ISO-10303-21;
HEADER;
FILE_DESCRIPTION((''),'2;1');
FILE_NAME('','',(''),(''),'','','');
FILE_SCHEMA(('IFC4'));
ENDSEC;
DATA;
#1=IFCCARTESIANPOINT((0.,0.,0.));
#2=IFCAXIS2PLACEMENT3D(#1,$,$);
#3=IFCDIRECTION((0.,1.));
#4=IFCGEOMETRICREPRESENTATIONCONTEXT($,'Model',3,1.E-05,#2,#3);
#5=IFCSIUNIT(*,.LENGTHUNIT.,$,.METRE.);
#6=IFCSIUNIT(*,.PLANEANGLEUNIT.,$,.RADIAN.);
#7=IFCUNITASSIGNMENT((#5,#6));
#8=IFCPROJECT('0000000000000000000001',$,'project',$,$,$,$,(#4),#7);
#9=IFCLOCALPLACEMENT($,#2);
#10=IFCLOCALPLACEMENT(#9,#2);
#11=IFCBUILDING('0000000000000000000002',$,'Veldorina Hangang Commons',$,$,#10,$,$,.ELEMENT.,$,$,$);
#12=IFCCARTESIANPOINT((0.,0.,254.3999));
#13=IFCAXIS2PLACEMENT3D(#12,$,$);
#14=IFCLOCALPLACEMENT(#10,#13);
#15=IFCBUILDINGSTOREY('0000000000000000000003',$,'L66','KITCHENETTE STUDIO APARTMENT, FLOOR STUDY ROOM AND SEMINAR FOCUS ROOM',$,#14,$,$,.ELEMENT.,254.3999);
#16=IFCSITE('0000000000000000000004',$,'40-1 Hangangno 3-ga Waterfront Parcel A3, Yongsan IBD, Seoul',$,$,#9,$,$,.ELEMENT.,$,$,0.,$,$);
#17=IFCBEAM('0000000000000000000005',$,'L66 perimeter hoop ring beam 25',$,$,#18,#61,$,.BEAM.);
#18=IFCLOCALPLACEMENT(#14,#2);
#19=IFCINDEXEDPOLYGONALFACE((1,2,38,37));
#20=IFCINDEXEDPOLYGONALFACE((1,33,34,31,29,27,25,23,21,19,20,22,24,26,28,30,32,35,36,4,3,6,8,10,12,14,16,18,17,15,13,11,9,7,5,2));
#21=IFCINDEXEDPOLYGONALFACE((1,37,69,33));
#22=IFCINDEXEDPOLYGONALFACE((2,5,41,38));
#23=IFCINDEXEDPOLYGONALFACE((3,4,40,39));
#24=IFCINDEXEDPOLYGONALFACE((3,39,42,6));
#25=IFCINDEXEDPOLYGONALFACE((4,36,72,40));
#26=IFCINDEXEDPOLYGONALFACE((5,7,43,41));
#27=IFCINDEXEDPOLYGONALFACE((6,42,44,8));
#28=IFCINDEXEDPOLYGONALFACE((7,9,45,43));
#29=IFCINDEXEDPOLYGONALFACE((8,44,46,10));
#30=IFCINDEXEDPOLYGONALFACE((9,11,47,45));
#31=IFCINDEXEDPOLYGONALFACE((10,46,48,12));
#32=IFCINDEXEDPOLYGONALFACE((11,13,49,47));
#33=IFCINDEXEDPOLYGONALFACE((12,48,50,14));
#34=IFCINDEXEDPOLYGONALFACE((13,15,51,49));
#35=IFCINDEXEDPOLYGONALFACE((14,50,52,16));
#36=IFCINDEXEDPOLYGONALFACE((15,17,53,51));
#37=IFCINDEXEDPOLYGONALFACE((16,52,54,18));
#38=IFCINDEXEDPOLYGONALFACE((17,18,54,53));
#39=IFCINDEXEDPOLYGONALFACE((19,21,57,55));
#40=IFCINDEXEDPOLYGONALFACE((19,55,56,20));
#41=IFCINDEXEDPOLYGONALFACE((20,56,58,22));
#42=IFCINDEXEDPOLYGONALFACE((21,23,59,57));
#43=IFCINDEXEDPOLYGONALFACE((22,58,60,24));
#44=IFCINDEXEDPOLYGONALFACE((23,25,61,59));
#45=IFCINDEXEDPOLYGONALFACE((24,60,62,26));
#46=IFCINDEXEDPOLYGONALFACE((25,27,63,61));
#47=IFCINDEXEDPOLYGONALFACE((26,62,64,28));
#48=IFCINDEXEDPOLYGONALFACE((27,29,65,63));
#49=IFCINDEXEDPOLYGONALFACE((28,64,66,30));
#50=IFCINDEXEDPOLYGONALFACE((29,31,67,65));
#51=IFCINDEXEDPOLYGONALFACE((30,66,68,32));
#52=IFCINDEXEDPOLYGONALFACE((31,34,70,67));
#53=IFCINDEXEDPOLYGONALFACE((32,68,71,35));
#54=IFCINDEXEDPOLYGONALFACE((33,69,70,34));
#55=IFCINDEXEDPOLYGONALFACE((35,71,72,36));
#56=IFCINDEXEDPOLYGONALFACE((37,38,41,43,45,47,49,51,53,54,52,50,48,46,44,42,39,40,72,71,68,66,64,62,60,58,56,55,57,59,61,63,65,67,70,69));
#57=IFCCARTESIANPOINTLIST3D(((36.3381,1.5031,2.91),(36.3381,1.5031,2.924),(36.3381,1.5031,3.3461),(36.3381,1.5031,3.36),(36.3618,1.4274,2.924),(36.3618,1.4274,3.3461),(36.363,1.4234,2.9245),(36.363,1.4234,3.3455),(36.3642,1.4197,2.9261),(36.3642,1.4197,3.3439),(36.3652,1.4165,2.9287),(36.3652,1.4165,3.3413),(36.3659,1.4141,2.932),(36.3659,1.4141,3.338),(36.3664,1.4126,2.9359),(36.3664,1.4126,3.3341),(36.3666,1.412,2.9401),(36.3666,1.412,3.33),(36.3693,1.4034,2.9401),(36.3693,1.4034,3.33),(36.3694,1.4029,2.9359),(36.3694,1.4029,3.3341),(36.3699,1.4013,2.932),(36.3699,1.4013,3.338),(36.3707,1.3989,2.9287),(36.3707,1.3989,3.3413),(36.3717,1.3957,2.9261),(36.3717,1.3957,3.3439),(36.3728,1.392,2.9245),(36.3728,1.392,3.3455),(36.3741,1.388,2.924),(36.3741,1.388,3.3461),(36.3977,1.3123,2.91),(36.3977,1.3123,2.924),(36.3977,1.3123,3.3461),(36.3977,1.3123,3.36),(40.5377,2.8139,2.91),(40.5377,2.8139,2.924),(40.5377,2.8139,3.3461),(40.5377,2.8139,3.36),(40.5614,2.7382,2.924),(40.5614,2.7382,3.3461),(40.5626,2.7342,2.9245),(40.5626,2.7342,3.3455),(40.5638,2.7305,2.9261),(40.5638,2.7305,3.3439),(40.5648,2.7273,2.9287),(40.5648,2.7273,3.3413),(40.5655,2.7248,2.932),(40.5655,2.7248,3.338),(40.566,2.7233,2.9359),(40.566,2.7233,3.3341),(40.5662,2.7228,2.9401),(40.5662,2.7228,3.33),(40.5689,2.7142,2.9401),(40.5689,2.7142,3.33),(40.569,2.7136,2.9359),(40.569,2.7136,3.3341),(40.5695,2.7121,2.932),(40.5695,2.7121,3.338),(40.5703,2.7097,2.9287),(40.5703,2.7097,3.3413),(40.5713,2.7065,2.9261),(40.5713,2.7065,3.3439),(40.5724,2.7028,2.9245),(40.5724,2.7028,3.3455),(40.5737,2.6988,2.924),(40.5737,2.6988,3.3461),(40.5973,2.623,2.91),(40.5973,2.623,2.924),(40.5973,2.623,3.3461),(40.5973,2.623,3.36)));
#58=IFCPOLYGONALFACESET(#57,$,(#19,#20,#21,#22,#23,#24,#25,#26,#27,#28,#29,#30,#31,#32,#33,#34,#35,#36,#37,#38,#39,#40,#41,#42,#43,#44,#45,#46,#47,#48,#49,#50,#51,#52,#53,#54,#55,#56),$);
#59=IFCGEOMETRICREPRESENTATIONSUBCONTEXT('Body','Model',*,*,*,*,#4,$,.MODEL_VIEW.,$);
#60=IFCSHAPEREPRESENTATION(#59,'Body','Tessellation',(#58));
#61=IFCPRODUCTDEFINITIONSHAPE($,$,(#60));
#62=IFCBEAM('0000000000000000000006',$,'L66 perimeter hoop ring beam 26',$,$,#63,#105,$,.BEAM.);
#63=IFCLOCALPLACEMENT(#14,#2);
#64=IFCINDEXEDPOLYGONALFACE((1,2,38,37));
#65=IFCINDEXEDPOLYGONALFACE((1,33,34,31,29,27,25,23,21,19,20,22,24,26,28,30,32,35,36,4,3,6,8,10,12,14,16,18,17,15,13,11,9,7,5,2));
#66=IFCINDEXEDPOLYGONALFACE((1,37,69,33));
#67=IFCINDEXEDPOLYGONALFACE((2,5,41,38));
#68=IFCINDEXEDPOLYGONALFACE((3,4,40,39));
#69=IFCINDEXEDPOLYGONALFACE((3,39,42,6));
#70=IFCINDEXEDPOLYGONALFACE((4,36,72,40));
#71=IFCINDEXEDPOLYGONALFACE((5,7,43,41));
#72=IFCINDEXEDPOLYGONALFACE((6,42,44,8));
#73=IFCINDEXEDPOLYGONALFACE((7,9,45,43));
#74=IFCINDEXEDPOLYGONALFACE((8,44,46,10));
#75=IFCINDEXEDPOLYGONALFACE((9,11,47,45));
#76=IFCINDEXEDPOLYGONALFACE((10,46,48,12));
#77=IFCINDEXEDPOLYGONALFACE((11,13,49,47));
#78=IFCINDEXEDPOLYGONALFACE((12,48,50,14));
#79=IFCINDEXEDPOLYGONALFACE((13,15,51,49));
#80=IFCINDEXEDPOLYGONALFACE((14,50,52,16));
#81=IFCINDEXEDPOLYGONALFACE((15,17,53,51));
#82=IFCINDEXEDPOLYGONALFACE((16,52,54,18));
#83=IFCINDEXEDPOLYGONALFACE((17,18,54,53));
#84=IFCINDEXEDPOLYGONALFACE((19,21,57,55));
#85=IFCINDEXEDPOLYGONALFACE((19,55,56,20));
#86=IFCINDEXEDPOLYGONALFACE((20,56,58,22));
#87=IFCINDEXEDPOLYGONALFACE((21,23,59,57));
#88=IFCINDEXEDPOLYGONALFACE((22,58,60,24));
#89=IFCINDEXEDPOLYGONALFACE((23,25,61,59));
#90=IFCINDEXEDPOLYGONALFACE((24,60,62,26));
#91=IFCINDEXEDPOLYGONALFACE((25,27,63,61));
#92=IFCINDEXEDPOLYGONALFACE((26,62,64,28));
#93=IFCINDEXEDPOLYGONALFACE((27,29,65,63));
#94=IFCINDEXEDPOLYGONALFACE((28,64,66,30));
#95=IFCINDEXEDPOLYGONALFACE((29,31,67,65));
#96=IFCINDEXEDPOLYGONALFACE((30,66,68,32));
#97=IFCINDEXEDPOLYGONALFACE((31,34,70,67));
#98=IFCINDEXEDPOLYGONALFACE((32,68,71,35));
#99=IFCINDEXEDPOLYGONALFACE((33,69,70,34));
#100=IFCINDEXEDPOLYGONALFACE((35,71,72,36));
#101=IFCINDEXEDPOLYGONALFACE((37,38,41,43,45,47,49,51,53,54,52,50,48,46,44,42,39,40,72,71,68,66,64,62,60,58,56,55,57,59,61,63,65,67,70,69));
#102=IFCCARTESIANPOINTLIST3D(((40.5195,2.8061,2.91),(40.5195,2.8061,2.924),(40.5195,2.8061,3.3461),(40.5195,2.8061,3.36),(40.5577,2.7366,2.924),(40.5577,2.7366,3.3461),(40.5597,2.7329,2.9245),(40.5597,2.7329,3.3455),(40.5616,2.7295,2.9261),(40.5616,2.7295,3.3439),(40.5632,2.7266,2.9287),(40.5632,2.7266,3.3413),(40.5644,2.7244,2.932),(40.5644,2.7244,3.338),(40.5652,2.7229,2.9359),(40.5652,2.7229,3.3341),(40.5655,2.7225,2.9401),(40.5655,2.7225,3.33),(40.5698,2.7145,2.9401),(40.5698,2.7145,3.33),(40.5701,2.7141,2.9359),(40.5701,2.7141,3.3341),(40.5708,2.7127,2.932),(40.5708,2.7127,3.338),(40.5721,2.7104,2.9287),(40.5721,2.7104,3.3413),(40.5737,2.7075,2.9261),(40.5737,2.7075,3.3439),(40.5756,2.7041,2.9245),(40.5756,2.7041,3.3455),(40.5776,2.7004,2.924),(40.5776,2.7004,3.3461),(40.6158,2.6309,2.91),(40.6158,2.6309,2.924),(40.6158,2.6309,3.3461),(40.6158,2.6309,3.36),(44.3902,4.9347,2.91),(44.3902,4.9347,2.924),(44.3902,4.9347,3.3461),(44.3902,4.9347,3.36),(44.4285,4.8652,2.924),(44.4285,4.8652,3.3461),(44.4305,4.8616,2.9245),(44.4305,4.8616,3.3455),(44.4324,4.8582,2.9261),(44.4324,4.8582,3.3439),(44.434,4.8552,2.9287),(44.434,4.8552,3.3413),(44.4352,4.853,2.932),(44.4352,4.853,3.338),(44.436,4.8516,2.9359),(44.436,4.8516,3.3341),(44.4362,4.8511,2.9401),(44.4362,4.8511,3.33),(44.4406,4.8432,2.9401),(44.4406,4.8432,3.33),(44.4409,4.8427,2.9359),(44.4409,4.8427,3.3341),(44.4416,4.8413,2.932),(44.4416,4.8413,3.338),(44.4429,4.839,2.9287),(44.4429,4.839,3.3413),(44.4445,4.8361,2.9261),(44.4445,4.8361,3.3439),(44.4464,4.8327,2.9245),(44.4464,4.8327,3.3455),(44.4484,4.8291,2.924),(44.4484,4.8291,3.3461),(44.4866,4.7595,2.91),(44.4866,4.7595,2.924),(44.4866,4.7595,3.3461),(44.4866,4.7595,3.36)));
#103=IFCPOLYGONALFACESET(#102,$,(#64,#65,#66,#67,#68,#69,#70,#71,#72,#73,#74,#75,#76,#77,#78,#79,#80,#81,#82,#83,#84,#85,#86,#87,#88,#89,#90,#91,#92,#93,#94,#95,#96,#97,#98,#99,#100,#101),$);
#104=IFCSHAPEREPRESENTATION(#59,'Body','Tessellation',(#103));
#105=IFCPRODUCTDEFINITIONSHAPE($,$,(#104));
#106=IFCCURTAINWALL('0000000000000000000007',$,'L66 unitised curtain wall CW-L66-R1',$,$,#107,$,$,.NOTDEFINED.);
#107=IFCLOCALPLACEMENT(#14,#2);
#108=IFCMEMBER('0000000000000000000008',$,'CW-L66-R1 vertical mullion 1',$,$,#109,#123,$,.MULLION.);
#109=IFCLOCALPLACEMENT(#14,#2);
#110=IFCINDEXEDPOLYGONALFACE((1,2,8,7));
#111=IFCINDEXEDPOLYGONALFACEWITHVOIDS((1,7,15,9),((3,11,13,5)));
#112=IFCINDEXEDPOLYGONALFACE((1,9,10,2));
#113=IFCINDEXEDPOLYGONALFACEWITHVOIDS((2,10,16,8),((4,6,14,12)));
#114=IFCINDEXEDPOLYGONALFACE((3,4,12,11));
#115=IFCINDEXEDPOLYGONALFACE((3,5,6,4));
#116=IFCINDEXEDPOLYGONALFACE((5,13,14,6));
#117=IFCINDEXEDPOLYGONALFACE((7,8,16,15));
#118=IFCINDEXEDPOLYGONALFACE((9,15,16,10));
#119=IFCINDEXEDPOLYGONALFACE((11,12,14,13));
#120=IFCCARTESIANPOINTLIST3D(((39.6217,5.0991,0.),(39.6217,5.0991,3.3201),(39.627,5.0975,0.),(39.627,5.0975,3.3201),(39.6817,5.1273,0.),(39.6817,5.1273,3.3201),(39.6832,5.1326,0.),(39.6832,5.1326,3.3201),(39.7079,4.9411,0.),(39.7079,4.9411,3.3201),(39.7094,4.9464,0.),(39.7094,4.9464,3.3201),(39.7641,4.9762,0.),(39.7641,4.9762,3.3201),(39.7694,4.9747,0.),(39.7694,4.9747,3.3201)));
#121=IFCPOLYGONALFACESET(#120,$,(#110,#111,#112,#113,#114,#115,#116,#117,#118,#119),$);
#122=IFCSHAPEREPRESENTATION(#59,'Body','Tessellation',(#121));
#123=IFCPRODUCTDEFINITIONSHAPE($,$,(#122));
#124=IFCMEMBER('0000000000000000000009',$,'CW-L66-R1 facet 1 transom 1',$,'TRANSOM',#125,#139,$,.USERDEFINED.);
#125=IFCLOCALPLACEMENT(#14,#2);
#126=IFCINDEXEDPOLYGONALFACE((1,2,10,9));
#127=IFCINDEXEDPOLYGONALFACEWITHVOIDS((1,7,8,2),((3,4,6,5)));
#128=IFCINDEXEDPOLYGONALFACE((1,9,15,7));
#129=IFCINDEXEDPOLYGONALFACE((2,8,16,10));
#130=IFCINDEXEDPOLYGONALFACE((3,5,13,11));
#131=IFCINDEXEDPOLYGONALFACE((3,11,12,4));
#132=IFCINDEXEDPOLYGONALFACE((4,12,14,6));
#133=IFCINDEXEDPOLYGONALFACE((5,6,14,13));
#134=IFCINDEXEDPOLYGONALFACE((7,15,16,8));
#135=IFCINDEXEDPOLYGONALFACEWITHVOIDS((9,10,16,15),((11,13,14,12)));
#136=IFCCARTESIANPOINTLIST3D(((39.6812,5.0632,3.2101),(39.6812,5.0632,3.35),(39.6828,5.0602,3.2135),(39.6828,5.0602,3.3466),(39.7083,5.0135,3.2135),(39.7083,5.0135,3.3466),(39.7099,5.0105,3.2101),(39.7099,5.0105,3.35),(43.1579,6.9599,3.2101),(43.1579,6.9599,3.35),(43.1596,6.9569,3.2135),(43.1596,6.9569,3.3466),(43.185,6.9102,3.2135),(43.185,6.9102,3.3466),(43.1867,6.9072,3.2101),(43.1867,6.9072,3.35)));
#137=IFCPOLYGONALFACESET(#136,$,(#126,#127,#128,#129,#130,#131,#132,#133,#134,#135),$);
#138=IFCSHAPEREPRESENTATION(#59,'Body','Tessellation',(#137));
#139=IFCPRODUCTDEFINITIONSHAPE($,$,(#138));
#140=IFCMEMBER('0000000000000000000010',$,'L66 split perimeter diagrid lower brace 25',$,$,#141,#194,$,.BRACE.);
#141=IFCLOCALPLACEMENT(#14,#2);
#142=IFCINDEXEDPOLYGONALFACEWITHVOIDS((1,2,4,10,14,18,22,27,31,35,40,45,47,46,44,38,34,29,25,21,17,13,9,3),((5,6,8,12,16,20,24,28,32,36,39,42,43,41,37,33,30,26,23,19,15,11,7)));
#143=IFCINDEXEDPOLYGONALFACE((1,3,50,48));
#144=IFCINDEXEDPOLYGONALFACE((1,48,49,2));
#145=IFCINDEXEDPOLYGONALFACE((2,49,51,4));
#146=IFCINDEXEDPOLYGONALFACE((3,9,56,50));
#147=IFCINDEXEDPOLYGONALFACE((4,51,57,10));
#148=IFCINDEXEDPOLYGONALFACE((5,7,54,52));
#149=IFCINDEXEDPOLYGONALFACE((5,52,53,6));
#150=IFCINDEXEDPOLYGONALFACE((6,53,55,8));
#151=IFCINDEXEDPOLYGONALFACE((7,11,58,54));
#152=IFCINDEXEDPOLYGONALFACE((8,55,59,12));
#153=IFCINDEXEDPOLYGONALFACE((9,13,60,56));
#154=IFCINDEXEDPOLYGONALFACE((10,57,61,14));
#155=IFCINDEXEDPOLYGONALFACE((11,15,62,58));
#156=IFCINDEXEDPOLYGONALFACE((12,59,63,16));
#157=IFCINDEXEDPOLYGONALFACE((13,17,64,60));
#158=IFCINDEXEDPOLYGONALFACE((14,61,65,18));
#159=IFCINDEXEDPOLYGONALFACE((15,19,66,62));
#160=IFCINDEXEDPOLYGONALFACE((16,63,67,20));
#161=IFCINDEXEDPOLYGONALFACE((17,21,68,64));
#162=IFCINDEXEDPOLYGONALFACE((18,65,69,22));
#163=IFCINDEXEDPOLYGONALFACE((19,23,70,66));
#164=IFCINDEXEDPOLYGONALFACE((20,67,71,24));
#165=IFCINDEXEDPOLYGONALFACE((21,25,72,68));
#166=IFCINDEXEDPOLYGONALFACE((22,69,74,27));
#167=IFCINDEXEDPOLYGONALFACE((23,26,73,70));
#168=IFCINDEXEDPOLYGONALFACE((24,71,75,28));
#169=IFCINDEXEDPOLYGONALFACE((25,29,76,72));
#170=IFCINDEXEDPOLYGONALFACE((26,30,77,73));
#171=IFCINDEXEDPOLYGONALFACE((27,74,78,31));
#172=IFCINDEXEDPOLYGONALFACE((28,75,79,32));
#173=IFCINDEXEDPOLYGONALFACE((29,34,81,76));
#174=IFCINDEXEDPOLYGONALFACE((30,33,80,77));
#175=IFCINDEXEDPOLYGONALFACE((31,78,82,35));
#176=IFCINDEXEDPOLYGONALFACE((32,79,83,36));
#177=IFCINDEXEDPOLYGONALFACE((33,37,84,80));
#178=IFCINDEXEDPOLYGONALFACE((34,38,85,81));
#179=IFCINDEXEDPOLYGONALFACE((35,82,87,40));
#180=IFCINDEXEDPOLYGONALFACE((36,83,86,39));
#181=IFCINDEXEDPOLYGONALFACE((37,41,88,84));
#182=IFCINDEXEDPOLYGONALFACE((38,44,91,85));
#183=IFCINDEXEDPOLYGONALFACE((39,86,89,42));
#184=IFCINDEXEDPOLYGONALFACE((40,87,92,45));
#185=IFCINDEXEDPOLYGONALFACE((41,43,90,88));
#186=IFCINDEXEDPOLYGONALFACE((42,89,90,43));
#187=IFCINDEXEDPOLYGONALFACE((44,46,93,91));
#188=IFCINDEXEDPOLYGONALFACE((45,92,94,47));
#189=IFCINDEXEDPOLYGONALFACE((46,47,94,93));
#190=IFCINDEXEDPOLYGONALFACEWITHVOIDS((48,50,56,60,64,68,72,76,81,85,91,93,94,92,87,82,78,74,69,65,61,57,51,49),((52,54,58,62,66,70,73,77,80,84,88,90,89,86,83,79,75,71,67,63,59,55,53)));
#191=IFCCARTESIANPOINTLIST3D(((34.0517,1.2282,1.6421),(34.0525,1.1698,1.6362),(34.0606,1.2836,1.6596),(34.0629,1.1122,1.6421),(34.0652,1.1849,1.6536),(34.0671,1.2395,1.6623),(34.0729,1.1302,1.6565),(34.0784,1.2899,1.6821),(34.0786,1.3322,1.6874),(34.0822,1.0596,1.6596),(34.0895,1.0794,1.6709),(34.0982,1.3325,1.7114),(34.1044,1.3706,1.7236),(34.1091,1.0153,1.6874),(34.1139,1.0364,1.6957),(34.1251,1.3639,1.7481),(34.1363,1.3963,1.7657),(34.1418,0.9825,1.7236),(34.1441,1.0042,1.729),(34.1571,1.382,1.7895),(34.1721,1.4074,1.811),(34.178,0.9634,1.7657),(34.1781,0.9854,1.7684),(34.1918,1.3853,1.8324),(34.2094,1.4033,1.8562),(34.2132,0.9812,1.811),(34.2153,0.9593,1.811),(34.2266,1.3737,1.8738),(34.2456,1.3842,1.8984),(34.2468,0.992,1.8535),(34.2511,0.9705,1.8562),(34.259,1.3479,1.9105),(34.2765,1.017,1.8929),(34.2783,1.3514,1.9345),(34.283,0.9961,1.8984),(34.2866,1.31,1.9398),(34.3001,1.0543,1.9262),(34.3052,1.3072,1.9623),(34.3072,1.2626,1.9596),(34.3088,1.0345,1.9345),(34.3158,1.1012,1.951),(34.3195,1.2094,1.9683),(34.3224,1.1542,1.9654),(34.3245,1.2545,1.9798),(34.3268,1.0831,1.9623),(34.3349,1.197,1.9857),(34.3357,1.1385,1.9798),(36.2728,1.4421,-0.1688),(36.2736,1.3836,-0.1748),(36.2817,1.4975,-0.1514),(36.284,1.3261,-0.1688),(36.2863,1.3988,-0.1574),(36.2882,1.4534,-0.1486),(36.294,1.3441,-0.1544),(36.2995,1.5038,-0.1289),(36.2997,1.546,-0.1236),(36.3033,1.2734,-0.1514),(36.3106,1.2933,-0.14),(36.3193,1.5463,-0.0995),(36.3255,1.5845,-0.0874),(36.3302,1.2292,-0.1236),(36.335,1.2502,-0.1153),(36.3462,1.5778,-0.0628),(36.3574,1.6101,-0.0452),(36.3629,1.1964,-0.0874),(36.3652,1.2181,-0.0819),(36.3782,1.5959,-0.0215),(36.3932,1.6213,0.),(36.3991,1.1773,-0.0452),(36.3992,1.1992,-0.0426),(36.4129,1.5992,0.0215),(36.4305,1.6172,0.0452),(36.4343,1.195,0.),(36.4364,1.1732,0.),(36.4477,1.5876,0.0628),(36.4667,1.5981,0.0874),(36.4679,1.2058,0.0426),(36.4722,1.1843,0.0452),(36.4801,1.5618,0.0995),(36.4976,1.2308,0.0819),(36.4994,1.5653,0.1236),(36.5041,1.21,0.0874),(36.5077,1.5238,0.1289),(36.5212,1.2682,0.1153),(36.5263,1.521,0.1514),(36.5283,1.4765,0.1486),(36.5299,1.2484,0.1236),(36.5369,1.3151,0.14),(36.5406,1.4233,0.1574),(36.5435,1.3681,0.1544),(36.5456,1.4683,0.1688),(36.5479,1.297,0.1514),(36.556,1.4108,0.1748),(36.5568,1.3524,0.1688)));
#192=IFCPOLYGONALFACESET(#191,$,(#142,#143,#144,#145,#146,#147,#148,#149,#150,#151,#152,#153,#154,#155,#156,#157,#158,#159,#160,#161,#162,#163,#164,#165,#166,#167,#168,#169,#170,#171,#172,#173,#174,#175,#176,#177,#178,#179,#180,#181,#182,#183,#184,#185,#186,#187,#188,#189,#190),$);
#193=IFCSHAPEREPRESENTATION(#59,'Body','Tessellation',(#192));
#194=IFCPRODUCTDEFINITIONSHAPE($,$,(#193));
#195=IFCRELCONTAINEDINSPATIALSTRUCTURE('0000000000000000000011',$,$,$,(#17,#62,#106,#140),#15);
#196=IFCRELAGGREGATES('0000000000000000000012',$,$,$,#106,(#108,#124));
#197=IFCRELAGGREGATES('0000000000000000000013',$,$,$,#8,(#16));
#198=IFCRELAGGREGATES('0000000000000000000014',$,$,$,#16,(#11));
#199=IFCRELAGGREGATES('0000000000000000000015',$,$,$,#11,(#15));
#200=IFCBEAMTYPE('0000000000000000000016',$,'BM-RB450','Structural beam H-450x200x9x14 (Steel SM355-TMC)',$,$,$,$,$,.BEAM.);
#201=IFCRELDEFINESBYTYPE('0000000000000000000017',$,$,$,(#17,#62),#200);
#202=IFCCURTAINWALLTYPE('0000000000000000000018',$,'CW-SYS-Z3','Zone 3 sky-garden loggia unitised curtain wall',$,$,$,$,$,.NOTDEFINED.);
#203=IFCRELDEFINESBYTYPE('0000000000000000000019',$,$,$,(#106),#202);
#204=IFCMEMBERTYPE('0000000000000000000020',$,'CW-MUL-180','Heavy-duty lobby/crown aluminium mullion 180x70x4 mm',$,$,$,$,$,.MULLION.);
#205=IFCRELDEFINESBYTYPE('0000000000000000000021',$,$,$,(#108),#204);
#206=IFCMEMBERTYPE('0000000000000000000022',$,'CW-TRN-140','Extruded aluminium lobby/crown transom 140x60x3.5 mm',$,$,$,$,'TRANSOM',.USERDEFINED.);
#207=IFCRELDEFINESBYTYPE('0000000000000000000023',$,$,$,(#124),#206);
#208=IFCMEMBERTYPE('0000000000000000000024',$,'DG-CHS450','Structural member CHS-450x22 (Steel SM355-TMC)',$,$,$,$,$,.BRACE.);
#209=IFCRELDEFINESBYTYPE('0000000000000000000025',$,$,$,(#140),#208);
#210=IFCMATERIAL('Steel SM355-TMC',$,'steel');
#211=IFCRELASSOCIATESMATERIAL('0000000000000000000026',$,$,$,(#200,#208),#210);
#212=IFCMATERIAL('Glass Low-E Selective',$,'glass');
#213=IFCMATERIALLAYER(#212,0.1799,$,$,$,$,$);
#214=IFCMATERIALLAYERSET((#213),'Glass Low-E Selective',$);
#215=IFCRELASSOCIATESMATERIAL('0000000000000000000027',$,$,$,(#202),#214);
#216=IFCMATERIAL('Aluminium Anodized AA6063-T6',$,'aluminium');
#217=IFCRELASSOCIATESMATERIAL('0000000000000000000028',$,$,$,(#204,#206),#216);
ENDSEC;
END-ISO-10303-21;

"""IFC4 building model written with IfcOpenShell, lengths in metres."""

from ifc_helpers import new_model, si_unit, direction, frame, origin, origin_2d, place, context, subcontext, project, spatial, hollow_rectangle, hollow_circle, i_section, extrude, material, layer, layer_set, material_profile, profile_set, type_object, element, aggregate, save


model = new_model("IFC4")

# Units and contexts
model_context = context("Model", 3, precision=1e-05, world=origin(), true_north=direction((0.0, 1.0)))
body_context = subcontext(model_context, "Body", "Model", "MODEL_VIEW")
ifc_project = project(units=[si_unit("LENGTHUNIT", "METRE"), si_unit("PLANEANGLEUNIT", "RADIAN")], contexts=[model_context])

# Site, building, storey
site_placement = place(None, origin())
site = spatial("IfcSite", under=ifc_project, at=site_placement, Name="40-1 Hangangno 3-ga Waterfront Parcel A3, Yongsan IBD, Seoul", CompositionType="ELEMENT", RefElevation=0.0)
building_placement = place(site_placement, origin())
building = spatial("IfcBuilding", under=site, at=building_placement, Name="Veldorina Hangang Commons", CompositionType="ELEMENT")
storey_placement = place(building_placement, frame((0.0, 0.0, 254.3999)))
storey = spatial("IfcBuildingStorey", under=building, at=storey_placement, Name="L66", Description="KITCHENETTE STUDIO APARTMENT, FLOOR STUDY ROOM AND SEMINAR FOCUS ROOM", CompositionType="ELEMENT", Elevation=254.3999)

# Beams
ifc_material_1 = material(Name="Steel SM355-TMC", Category="steel")
ifc_material_profile_1 = material_profile(ifc_material_1, i_section(OverallWidth=0.2, OverallDepth=0.45, WebThickness=0.009, FlangeThickness=0.0139, FilletRadius=0.0161, at=origin_2d()), Name="H-450x200x9x14")
ifc_profile_set_1 = profile_set([ifc_material_profile_1], Name="Steel SM355-TMC")
beam_type = type_object("IfcBeamType", Name="BM-RB450", Description="Structural beam H-450x200x9x14 (Steel SM355-TMC)", PredefinedType="BEAM", material=ifc_profile_set_1)
beam_1_placement = place(storey_placement, frame((36.3679, 1.4077, 3.135), z_axis=(0.954585, 0.29794, 0.0), x_axis=(-0.29794, 0.954585, 0.0)))
element("IfcBeam", 1, at=beam_1_placement, inside=storey, type_object=beam_type, Name="L66 perimeter hoop ring beam 25", PredefinedType="BEAM", context=body_context, shape_type="SweptSolid", body=[
    extrude(i_section(OverallWidth=0.2, OverallDepth=0.45, WebThickness=0.009, FlangeThickness=0.0139, FilletRadius=0.0161, at=origin_2d()), origin(), (0.0, 0.0, 1.0), 4.3994),
])
beam_2_placement = place(storey_placement, frame((40.5676, 2.7185, 3.135), z_axis=(0.876245, 0.481866, 0.0), x_axis=(-0.481866, 0.876245, 0.0)))
element("IfcBeam", 2, at=beam_2_placement, inside=storey, type_object=beam_type, Name="L66 perimeter hoop ring beam 26", PredefinedType="BEAM", context=body_context, shape_type="SweptSolid", body=[
    extrude(i_section(OverallWidth=0.2, OverallDepth=0.45, WebThickness=0.009, FlangeThickness=0.0139, FilletRadius=0.0161, at=origin_2d()), origin(), (0.0, 0.0, 1.0), 4.4175),
])

# Curtain wall, members
ifc_material_2 = material(Name="Glass Low-E Selective", Category="glass")
ifc_layer_1 = layer(ifc_material_2, 0.1799)
ifc_layer_set_1 = layer_set([ifc_layer_1], Name="Glass Low-E Selective")
curtain_wall_type = type_object("IfcCurtainWallType", Name="CW-SYS-Z3", Description="Zone 3 sky-garden loggia unitised curtain wall", PredefinedType="NOTDEFINED", material=ifc_layer_set_1)
curtain_wall_placement = place(storey_placement, origin())
curtain_wall = element("IfcCurtainWall", 3, at=curtain_wall_placement, inside=storey, type_object=curtain_wall_type, Name="L66 unitised curtain wall CW-L66-R1", PredefinedType="NOTDEFINED")
ifc_material_3 = material(Name="Aluminium Anodized AA6063-T6", Category="aluminium")
ifc_material_profile_2 = material_profile(ifc_material_3, hollow_rectangle(XDim=0.0701, YDim=0.1799, WallThickness=0.0039, at=origin_2d()), Name="ALU-RHS-180x70x4")
ifc_profile_set_2 = profile_set([ifc_material_profile_2], Name="Aluminium Anodized AA6063-T6")
member_type_1 = type_object("IfcMemberType", Name="CW-MUL-180", Description="Heavy-duty lobby/crown aluminium mullion 180x70x4 mm", PredefinedType="MULLION", material=ifc_profile_set_2)
member_1_placement = place(storey_placement, frame((39.6956, 5.0369, 0.0), z_axis=(0.0, 0.0, 1.0), x_axis=(0.877849, 0.478937, 0.0)))
member_1 = element("IfcMember", 4, at=member_1_placement, type_object=member_type_1, Name="CW-L66-R1 vertical mullion 1", PredefinedType="MULLION", context=body_context, shape_type="SweptSolid", body=[
    extrude(hollow_rectangle(XDim=0.0701, YDim=0.1799, WallThickness=0.0039, at=origin_2d()), origin(), (0.0, 0.0, 1.0), 3.3201),
])
ifc_material_profile_3 = material_profile(ifc_material_3, hollow_rectangle(XDim=0.0601, YDim=0.1399, WallThickness=0.0034, at=origin_2d()), Name="ALU-RHS-140x60x3.5")
ifc_profile_set_3 = profile_set([ifc_material_profile_3], Name="Aluminium Anodized AA6063-T6")
member_type_2 = type_object("IfcMemberType", Name="CW-TRN-140", Description="Extruded aluminium lobby/crown transom 140x60x3.5 mm", ElementType="TRANSOM", PredefinedType="USERDEFINED", material=ifc_profile_set_3)
member_2_placement = place(storey_placement, frame((39.6956, 5.0369, 3.28), z_axis=(0.877865, 0.478908, 0.0), x_axis=(-0.478908, 0.877865, 0.0)))
member_2 = element("IfcMember", 5, at=member_2_placement, type_object=member_type_2, Name="CW-L66-R1 facet 1 transom 1", ObjectType="TRANSOM", PredefinedType="USERDEFINED", context=body_context, shape_type="SweptSolid", body=[
    extrude(hollow_rectangle(XDim=0.0601, YDim=0.1399, WallThickness=0.0034, at=origin_2d()), origin(), (0.0, 0.0, 1.0), 3.9604),
])

# Member
ifc_material_profile_4 = material_profile(ifc_material_1, hollow_circle(Radius=0.2251, WallThickness=0.022, at=origin_2d()), Name="CHS-450x22")
ifc_profile_set_4 = profile_set([ifc_material_profile_4], Name="Steel SM355-TMC")
member_type_3 = type_object("IfcMemberType", Name="DG-CHS450", Description="Structural member CHS-450x22 (Steel SM355-TMC)", PredefinedType="BRACE", material=ifc_profile_set_4)
member_3_placement = place(storey_placement, frame((36.4148, 1.3972, 0.0), z_axis=(-0.772885, -0.074417, 0.630167), x_axis=(0.095842, -0.995397, 0.0)))
element("IfcMember", 6, at=member_3_placement, inside=storey, type_object=member_type_3, Name="L66 split perimeter diagrid lower brace 25", PredefinedType="BRACE", context=body_context, shape_type="SweptSolid", body=[
    extrude(hollow_circle(Radius=0.2251, WallThickness=0.022, at=origin_2d()), origin(), (0.0, 0.0, 1.0), 2.8738),
])

aggregate(curtain_wall, [member_1, member_2])

save(model, "model.ifc")
